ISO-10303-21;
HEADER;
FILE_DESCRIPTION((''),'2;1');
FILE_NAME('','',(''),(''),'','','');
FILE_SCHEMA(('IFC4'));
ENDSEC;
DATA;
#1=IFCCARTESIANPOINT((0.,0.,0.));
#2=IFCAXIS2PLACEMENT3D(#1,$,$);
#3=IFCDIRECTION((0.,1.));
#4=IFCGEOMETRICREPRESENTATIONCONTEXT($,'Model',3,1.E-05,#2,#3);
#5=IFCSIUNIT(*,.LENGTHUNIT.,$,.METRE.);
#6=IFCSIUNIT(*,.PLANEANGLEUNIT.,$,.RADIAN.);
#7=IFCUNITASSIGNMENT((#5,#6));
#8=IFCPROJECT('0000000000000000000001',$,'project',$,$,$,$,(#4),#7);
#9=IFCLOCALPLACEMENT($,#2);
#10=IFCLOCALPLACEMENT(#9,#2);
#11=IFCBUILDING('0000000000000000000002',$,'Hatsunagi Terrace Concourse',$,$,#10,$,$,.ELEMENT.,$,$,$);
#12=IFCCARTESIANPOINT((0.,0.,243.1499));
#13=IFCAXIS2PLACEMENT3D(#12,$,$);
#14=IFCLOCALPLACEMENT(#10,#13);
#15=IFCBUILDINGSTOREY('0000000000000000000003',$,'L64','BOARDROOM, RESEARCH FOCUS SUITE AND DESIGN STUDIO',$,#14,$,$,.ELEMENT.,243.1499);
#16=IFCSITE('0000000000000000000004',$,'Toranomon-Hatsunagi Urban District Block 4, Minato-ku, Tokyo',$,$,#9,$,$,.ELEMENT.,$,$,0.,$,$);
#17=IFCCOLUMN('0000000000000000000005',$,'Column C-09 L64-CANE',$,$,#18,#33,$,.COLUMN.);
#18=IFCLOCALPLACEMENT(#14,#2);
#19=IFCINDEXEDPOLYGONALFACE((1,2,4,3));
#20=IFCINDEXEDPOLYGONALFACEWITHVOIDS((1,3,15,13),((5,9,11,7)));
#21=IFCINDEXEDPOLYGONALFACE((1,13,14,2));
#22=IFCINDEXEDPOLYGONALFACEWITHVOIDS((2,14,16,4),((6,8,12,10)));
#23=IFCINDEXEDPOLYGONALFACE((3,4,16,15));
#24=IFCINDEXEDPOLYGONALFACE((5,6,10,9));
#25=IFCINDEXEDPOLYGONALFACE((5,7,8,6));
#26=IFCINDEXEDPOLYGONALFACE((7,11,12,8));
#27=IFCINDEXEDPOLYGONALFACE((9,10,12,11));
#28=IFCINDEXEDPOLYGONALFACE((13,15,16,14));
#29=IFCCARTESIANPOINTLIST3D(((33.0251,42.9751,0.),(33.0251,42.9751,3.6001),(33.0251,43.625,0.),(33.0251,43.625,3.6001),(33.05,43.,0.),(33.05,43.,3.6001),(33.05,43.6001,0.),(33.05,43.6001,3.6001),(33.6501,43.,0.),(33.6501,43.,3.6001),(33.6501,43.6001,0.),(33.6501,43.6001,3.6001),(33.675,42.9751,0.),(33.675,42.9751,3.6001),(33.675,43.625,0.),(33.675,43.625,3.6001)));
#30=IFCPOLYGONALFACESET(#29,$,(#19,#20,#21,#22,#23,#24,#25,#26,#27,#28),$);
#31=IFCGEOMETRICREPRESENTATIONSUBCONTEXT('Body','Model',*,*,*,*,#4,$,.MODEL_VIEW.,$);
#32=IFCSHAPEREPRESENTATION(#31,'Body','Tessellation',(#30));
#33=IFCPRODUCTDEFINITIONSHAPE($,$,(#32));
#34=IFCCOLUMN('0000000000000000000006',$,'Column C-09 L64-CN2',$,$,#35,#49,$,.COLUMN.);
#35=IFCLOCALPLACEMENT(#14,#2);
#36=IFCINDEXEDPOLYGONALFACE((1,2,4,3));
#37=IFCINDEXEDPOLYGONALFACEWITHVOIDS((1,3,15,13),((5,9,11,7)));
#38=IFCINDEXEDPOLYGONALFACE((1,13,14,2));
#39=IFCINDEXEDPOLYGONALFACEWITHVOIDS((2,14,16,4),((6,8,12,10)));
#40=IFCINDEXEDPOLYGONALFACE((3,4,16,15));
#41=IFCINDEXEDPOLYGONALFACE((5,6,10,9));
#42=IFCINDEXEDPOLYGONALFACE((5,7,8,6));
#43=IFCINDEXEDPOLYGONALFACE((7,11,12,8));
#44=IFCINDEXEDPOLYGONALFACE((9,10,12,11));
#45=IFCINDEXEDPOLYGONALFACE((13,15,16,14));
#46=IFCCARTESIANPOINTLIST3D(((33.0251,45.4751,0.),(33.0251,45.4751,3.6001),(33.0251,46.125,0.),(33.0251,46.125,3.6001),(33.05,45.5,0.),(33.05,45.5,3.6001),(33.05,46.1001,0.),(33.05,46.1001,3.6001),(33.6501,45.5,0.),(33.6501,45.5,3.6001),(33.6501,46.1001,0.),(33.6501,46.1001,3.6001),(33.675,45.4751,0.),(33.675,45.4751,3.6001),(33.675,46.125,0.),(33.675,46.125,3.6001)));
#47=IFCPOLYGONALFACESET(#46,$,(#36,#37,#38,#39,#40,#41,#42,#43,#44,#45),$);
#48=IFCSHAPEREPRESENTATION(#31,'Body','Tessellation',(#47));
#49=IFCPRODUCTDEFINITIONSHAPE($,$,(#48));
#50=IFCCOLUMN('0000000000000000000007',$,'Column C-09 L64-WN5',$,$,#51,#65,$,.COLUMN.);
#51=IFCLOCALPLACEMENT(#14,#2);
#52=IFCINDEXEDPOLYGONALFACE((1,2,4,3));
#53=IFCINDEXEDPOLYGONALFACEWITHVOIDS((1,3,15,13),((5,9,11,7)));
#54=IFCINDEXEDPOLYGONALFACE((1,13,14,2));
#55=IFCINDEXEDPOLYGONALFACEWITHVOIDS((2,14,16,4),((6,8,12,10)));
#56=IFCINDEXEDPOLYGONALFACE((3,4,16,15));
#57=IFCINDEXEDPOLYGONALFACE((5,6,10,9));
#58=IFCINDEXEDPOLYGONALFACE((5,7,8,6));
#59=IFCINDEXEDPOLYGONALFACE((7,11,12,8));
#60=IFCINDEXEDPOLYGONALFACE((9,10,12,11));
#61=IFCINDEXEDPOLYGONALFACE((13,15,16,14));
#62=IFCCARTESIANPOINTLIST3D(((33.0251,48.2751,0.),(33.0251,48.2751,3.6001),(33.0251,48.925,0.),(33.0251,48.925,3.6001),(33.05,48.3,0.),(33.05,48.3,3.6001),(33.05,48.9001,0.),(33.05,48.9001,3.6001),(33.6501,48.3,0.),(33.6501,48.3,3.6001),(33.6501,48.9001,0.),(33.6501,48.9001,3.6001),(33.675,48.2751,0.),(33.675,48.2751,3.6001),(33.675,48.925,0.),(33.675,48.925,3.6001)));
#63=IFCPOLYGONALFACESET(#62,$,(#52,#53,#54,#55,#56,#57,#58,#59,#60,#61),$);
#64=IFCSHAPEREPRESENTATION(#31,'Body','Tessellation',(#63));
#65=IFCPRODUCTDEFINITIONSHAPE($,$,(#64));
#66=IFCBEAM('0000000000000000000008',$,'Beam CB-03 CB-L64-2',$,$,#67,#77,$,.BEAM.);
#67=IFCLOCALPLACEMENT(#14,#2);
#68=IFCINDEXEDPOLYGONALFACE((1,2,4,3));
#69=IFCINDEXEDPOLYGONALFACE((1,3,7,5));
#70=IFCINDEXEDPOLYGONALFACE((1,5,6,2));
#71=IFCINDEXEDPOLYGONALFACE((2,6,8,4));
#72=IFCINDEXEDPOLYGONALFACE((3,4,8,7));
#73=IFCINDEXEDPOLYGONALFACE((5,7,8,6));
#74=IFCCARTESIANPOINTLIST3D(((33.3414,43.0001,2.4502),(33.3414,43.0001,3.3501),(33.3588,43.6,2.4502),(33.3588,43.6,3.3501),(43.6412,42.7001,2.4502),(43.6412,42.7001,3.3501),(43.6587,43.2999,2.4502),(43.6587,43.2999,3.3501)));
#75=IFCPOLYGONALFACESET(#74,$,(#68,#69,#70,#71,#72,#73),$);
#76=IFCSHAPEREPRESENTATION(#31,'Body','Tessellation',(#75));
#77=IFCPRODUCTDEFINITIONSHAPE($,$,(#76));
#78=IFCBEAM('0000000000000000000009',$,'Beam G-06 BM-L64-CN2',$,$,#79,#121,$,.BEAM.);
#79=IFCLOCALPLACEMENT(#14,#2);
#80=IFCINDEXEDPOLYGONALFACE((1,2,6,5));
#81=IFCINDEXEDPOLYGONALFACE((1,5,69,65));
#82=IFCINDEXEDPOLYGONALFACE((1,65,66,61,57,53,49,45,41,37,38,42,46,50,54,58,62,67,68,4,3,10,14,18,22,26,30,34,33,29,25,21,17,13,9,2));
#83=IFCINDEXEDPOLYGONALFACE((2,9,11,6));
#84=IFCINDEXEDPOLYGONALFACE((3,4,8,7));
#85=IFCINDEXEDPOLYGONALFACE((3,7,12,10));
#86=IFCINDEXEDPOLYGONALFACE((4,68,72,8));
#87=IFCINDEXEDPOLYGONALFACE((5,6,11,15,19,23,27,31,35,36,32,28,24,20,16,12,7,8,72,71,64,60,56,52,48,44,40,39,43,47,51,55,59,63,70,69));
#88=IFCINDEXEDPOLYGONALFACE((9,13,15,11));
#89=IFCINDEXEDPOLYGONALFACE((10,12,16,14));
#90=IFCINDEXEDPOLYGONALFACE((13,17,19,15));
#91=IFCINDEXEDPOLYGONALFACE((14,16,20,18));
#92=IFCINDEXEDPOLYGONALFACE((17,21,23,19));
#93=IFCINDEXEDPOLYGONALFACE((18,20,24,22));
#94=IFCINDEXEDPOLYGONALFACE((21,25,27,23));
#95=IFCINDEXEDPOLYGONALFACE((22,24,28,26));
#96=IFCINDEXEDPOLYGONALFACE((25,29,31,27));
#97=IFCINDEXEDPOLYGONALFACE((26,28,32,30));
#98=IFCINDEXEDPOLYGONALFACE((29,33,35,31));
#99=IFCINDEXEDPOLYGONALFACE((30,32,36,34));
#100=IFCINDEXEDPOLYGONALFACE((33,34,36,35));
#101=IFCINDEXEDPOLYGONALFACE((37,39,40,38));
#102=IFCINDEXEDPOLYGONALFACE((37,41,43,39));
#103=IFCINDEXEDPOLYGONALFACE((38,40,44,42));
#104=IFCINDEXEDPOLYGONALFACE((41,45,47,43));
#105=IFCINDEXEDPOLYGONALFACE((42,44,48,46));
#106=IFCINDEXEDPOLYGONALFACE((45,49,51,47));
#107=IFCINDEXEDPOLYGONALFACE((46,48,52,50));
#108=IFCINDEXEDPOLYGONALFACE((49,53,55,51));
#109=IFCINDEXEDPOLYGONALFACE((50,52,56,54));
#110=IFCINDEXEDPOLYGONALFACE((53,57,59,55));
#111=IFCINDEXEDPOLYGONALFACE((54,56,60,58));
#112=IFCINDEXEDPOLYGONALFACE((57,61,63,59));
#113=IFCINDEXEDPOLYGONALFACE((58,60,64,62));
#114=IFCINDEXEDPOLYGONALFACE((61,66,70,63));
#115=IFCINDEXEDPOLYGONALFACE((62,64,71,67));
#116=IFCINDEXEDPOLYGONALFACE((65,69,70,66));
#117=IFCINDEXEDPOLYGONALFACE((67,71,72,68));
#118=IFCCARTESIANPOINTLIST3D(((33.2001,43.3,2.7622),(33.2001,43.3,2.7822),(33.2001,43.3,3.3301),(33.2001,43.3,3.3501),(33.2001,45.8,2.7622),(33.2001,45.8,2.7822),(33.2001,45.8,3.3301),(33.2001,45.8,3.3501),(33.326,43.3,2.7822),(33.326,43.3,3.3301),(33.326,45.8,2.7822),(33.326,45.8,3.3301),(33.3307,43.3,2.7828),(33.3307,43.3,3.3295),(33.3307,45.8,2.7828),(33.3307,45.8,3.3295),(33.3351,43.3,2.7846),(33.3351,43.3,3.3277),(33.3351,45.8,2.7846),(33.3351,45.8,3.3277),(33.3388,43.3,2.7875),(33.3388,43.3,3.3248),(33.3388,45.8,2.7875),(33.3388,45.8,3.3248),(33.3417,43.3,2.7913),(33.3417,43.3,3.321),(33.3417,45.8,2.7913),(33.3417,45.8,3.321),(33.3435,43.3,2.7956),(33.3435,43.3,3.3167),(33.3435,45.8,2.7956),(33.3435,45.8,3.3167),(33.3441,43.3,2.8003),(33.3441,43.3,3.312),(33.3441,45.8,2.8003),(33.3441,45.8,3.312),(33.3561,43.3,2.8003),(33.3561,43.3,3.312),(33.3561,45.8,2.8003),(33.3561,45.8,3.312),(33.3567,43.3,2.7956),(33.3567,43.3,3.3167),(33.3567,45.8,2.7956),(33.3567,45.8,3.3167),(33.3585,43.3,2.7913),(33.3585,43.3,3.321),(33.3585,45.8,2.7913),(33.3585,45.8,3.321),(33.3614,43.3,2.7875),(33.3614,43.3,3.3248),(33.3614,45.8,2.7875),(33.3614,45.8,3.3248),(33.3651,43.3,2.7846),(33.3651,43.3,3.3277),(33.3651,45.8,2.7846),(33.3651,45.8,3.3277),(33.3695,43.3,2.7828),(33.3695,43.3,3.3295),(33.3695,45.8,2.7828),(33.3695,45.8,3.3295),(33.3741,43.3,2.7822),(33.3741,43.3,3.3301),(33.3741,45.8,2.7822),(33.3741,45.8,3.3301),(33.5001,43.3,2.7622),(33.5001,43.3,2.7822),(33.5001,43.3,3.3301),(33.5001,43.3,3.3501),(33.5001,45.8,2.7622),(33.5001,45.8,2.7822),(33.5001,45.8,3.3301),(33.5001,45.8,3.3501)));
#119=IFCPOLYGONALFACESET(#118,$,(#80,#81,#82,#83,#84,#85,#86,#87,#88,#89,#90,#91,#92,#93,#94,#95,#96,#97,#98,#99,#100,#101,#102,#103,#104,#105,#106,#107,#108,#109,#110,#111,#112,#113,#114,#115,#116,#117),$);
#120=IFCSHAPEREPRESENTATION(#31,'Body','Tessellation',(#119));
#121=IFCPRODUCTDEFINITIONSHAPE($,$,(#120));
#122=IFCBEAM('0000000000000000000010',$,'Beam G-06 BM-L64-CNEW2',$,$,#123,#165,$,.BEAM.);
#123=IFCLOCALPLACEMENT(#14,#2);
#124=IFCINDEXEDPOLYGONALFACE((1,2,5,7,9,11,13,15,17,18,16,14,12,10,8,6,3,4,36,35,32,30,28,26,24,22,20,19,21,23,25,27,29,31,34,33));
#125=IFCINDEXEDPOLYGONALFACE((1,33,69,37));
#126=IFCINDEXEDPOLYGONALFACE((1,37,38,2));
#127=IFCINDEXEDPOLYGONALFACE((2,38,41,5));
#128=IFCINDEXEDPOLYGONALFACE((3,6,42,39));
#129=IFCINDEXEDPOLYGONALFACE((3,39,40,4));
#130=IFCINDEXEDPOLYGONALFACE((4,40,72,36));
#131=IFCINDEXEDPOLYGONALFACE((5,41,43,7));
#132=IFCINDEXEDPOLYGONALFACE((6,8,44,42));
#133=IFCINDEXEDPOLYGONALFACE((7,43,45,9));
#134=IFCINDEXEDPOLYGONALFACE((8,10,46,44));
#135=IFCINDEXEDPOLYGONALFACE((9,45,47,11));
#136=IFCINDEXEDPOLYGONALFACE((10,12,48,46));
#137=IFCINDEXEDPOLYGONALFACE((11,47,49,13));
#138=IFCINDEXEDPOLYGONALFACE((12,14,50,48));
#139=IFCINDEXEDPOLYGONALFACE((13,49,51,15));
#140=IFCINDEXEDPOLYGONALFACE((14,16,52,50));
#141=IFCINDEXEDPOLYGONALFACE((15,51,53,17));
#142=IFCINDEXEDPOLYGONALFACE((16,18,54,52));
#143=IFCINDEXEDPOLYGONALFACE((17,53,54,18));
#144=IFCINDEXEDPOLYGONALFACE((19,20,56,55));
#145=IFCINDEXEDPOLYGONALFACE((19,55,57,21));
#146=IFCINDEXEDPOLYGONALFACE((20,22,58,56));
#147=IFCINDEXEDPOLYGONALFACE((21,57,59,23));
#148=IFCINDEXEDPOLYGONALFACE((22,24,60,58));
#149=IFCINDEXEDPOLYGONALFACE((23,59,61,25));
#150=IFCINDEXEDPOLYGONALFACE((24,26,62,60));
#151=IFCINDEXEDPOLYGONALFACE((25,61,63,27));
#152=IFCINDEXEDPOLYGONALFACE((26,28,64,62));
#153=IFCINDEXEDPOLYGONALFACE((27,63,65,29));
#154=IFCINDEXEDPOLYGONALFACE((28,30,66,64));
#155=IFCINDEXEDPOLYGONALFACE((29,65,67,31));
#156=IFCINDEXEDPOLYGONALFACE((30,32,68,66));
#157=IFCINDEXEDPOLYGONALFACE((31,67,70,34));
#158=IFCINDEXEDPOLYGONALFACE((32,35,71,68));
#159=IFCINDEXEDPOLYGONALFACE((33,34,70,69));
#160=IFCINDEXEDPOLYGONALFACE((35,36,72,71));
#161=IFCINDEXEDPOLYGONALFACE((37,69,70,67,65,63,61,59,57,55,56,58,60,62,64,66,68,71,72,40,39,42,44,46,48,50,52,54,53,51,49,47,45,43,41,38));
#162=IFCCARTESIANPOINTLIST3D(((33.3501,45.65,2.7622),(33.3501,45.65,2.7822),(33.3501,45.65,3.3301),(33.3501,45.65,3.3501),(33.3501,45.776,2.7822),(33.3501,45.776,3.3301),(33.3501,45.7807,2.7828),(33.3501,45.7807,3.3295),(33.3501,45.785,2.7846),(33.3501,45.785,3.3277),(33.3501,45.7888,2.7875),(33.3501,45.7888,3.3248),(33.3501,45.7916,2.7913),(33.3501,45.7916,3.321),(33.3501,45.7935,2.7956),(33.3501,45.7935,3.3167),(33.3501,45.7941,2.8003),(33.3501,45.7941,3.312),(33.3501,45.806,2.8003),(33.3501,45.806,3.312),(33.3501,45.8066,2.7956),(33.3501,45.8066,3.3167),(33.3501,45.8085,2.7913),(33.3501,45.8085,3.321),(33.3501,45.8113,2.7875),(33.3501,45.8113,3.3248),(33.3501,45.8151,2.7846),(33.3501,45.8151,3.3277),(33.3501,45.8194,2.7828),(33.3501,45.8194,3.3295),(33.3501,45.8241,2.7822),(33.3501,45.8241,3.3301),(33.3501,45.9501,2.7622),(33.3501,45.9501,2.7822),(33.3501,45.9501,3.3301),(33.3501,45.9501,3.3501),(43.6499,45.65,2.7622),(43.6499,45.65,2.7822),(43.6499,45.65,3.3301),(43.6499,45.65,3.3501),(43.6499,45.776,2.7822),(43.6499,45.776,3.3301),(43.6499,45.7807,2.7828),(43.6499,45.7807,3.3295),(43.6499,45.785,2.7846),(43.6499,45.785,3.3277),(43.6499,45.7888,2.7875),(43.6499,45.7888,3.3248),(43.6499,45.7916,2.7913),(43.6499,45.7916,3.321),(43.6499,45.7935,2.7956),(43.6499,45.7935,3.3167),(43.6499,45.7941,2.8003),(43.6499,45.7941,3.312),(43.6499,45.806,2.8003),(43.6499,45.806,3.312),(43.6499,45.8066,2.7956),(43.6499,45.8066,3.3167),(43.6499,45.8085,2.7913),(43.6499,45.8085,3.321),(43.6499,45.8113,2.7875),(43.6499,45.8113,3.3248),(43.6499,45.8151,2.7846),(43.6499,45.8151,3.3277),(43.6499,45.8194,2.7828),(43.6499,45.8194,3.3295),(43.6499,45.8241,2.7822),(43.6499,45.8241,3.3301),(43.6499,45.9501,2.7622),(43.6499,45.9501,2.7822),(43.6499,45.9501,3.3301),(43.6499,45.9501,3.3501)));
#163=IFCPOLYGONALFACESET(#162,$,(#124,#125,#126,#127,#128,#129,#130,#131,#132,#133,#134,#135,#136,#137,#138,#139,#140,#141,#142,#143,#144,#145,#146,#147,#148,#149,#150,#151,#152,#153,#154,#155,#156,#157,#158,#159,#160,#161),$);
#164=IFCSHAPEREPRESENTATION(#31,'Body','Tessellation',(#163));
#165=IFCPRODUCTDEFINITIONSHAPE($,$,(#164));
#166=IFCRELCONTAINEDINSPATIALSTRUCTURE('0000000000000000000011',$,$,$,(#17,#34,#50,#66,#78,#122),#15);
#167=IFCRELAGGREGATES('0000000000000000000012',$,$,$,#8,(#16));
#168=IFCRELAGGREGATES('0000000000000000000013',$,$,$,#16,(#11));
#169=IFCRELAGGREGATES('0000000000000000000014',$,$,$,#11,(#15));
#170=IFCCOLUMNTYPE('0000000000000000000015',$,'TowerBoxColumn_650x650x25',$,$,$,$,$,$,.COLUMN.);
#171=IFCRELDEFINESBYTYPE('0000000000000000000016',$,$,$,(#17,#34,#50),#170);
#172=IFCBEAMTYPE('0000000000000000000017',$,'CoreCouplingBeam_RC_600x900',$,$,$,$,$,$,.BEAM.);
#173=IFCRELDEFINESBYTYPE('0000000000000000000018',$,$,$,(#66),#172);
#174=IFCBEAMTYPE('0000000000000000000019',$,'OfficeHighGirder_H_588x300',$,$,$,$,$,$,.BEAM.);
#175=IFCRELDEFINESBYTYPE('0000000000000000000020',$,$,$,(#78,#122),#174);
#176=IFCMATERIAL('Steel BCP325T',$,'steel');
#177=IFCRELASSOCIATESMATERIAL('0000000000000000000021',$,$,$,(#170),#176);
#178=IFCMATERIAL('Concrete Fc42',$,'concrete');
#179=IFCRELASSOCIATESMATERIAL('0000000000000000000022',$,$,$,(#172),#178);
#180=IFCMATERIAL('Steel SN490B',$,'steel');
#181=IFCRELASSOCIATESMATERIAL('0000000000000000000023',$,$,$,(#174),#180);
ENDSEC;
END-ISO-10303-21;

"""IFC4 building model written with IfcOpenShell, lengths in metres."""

from ifc_helpers import new_model, si_unit, direction, frame, origin, origin_2d, place, context, subcontext, project, spatial, rectangle, hollow_rectangle, i_section, extrude, material, material_profile, profile_set, type_object, element, save


model = new_model("IFC4")

# Units and contexts
model_context = context("Model", 3, precision=1e-05, world=origin(), true_north=direction((0.0, 1.0)))
body_context = subcontext(model_context, "Body", "Model", "MODEL_VIEW")
ifc_project = project(units=[si_unit("LENGTHUNIT", "METRE"), si_unit("PLANEANGLEUNIT", "RADIAN")], contexts=[model_context])

# Site, building, storey
site_placement = place(None, origin())
site = spatial("IfcSite", under=ifc_project, at=site_placement, Name="Toranomon-Hatsunagi Urban District Block 4, Minato-ku, Tokyo", CompositionType="ELEMENT", RefElevation=0.0)
building_placement = place(site_placement, origin())
building = spatial("IfcBuilding", under=site, at=building_placement, Name="Hatsunagi Terrace Concourse", CompositionType="ELEMENT")
storey_placement = place(building_placement, frame((0.0, 0.0, 243.1499)))
storey = spatial("IfcBuildingStorey", under=building, at=storey_placement, Name="L64", Description="BOARDROOM, RESEARCH FOCUS SUITE AND DESIGN STUDIO", CompositionType="ELEMENT", Elevation=243.1499)

# Columns
ifc_material_1 = material(Name="Steel BCP325T", Category="steel")
ifc_material_profile_1 = material_profile(ifc_material_1, hollow_rectangle(XDim=0.6499, YDim=0.6499, WallThickness=0.0249, at=origin_2d()), Name="BCP-650x650x25")
ifc_profile_set_1 = profile_set([ifc_material_profile_1], Name="Steel BCP325T")
column_type = type_object("IfcColumnType", Name="TowerBoxColumn_650x650x25", PredefinedType="COLUMN", material=ifc_profile_set_1)
for number, where, z_axis, x_axis, name in (
    (1, (33.3501, 43.3, 0.0), (0.0, 0.0, 1.0), (1.0, 0.0, 0.0), "Column C-09 L64-CANE"),
    (2, (33.3501, 45.8, 0.0), (0.0, 0.0, 1.0), (1.0, 0.0, 0.0), "Column C-09 L64-CN2"),
    (3, (33.3501, 48.6001, 0.0), (0.0, 0.0, 1.0), (1.0, 0.0, 0.0), "Column C-09 L64-WN5"),
):
    element("IfcColumn", number, at=place(storey_placement, frame(where, z_axis=z_axis, x_axis=x_axis)), inside=storey, type_object=column_type, Name=name, PredefinedType="COLUMN", context=body_context, shape_type="SweptSolid", body=[
        extrude(hollow_rectangle(XDim=0.6499, YDim=0.6499, WallThickness=0.0249, at=origin_2d()), origin(), (0.0, 0.0, 1.0), 3.6001),
    ])

# Beams
ifc_material_2 = material(Name="Concrete Fc42", Category="concrete")
ifc_material_profile_2 = material_profile(ifc_material_2, rectangle(XDim=0.6001, YDim=0.8999, at=origin_2d()), Name="RC-600x900")
ifc_profile_set_2 = profile_set([ifc_material_profile_2], Name="Concrete Fc42")
beam_type_1 = type_object("IfcBeamType", Name="CoreCouplingBeam_RC_600x900", PredefinedType="BEAM", material=ifc_profile_set_2)
beam_1_placement = place(storey_placement, frame((33.3501, 43.3, 2.9001), z_axis=(0.999576, -0.029119, 0.0), x_axis=(0.029119, 0.999576, 0.0)))
element("IfcBeam", 4, at=beam_1_placement, inside=storey, type_object=beam_type_1, Name="Beam CB-03 CB-L64-2", PredefinedType="BEAM", context=body_context, shape_type="SweptSolid", body=[
    extrude(rectangle(XDim=0.6001, YDim=0.8999, at=origin_2d()), origin(), (0.0, 0.0, 1.0), 10.3042),
])
ifc_material_3 = material(Name="Steel SN490B", Category="steel")
ifc_material_profile_3 = material_profile(ifc_material_3, i_section(OverallWidth=0.3, OverallDepth=0.5879, WebThickness=0.012, FlangeThickness=0.02, FilletRadius=0.0181, at=origin_2d()), Name="H-588x300x12x20")
ifc_profile_set_3 = profile_set([ifc_material_profile_3], Name="Steel SN490B")
beam_type_2 = type_object("IfcBeamType", Name="OfficeHighGirder_H_588x300", PredefinedType="BEAM", material=ifc_profile_set_3)
beam_2_placement = place(storey_placement, frame((33.3501, 43.3, 3.0562), z_axis=(0.0, 1.0, 0.0), x_axis=(-1.0, 0.0, 0.0)))
element("IfcBeam", 5, at=beam_2_placement, inside=storey, type_object=beam_type_2, Name="Beam G-06 BM-L64-CN2", PredefinedType="BEAM", context=body_context, shape_type="SweptSolid", body=[
    extrude(i_section(OverallWidth=0.3, OverallDepth=0.5879, WebThickness=0.012, FlangeThickness=0.02, FilletRadius=0.0181, at=origin_2d()), origin(), (0.0, 0.0, 1.0), 2.5),
])
beam_3_placement = place(storey_placement, frame((33.3501, 45.8, 3.0562), z_axis=(1.0, 0.0, 0.0), x_axis=(0.0, 1.0, 0.0)))
element("IfcBeam", 6, at=beam_3_placement, inside=storey, type_object=beam_type_2, Name="Beam G-06 BM-L64-CNEW2", PredefinedType="BEAM", context=body_context, shape_type="SweptSolid", body=[
    extrude(i_section(OverallWidth=0.3, OverallDepth=0.5879, WebThickness=0.012, FlangeThickness=0.02, FilletRadius=0.0181, at=origin_2d()), origin(), (0.0, 0.0, 1.0), 10.2998),
])

save(model, "model.ifc")
